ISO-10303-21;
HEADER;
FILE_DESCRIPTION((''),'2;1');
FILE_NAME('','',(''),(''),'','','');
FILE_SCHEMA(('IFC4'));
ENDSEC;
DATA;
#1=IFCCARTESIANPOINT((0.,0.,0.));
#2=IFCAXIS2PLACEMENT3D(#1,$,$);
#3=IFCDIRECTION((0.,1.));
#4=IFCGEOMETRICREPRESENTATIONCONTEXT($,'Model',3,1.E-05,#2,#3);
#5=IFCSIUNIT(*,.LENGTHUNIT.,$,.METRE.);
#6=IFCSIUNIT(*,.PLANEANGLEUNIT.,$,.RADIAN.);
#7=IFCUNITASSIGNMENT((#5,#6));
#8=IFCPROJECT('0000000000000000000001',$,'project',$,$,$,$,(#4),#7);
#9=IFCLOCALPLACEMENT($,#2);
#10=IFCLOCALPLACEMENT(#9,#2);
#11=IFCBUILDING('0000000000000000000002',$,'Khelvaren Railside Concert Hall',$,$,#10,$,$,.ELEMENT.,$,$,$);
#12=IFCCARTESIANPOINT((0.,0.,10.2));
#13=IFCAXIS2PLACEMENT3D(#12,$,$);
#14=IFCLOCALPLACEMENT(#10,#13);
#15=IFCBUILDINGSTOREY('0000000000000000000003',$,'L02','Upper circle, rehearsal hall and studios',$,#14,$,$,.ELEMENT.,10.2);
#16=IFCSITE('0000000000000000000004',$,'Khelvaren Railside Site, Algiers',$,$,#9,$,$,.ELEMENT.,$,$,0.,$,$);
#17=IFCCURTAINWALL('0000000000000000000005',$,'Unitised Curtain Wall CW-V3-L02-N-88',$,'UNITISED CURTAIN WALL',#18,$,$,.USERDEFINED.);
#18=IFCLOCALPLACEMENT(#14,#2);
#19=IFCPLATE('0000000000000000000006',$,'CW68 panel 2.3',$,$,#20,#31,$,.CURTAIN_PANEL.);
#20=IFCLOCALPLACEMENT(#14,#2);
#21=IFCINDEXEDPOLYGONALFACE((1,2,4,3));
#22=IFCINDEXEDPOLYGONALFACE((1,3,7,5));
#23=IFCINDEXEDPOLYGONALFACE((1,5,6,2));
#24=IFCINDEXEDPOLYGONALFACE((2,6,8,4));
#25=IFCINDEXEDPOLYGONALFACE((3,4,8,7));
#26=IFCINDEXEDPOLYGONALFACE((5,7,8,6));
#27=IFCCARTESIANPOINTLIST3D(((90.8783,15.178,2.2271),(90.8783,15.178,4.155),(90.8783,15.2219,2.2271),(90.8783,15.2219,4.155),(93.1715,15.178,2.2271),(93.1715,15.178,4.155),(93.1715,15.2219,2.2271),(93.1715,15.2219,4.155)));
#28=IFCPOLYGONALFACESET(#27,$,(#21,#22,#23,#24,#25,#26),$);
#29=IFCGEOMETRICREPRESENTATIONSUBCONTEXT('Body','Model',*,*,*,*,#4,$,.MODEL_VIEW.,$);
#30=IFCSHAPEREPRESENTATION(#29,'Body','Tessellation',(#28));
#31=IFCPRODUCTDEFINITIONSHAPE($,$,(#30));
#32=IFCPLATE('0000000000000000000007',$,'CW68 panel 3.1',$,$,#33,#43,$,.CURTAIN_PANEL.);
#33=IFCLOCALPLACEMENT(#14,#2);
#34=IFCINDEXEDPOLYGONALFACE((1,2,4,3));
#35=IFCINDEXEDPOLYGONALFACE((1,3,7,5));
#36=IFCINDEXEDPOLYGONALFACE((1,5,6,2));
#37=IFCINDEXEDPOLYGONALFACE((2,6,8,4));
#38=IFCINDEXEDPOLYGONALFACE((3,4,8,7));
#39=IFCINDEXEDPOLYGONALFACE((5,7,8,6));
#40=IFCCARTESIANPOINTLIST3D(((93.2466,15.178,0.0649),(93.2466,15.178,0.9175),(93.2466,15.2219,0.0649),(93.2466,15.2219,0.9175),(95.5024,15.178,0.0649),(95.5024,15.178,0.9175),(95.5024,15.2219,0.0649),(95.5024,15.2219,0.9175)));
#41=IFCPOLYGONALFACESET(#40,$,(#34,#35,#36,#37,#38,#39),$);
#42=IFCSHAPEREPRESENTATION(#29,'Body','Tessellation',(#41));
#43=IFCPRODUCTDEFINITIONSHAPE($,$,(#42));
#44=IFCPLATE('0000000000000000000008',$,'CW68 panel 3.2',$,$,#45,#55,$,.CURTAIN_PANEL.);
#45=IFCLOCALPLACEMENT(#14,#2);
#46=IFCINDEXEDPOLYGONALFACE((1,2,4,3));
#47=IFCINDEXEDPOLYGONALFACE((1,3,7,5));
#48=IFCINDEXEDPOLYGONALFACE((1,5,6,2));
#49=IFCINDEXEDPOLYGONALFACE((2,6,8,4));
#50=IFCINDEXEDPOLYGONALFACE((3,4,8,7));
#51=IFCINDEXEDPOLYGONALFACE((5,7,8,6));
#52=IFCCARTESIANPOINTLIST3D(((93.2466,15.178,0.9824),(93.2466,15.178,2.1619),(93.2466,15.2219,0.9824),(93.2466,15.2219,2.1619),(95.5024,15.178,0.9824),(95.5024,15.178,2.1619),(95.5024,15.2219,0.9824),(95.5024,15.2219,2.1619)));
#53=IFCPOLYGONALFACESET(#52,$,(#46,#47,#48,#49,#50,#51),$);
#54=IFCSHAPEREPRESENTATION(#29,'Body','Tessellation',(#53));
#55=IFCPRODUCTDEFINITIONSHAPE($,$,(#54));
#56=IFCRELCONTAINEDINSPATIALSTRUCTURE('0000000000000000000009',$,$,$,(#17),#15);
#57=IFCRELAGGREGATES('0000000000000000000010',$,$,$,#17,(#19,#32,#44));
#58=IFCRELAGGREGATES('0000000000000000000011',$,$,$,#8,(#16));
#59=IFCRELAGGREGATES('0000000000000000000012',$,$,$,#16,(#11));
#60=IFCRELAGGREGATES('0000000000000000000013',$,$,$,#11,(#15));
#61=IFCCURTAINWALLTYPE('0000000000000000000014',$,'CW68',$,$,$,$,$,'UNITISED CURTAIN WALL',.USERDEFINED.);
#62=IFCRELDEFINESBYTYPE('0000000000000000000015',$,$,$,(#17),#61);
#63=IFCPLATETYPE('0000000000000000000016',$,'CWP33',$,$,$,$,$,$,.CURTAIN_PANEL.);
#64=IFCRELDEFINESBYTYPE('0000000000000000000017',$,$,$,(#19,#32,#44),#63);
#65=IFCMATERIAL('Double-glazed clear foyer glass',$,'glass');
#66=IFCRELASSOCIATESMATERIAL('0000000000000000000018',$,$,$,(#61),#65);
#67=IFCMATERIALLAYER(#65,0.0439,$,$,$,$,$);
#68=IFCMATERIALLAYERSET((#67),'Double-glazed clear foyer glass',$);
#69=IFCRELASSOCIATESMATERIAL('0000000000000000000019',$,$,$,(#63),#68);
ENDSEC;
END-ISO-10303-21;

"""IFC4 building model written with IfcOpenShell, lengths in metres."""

from ifc_helpers import new_model, si_unit, direction, frame, origin, origin_2d, place, context, subcontext, project, spatial, rectangle, extrude, material, layer, layer_set, type_object, element, aggregate, save


model = new_model("IFC4")

# Units and contexts
model_context = context("Model", 3, precision=1e-05, world=origin(), true_north=direction((0.0, 1.0)))
body_context = subcontext(model_context, "Body", "Model", "MODEL_VIEW")
ifc_project = project(units=[si_unit("LENGTHUNIT", "METRE"), si_unit("PLANEANGLEUNIT", "RADIAN")], contexts=[model_context])

# Site, building, storey
site_placement = place(None, origin())
site = spatial("IfcSite", under=ifc_project, at=site_placement, Name="Khelvaren Railside Site, Algiers", CompositionType="ELEMENT", RefElevation=0.0)
building_placement = place(site_placement, origin())
building = spatial("IfcBuilding", under=site, at=building_placement, Name="Khelvaren Railside Concert Hall", CompositionType="ELEMENT")
storey_placement = place(building_placement, frame((0.0, 0.0, 10.2)))
storey = spatial("IfcBuildingStorey", under=building, at=storey_placement, Name="L02", Description="Upper circle, rehearsal hall and studios", CompositionType="ELEMENT", Elevation=10.2)

# Curtain wall
ifc_material_1 = material(Name="Double-glazed clear foyer glass", Category="glass")
curtain_wall_type = type_object("IfcCurtainWallType", Name="CW68", ElementType="UNITISED CURTAIN WALL", PredefinedType="USERDEFINED", material=ifc_material_1)
curtain_wall_placement = place(storey_placement, origin())
curtain_wall = element("IfcCurtainWall", 1, at=curtain_wall_placement, inside=storey, type_object=curtain_wall_type, Name="Unitised Curtain Wall CW-V3-L02-N-88", ObjectType="UNITISED CURTAIN WALL", PredefinedType="USERDEFINED")

# Plates
ifc_layer = layer(ifc_material_1, 0.0439)
ifc_layer_set = layer_set([ifc_layer], Name="Double-glazed clear foyer glass")
plate_type = type_object("IfcPlateType", Name="CWP33", PredefinedType="CURTAIN_PANEL", material=ifc_layer_set)
plate_1_placement = place(storey_placement, frame((92.0249, 15.2, 2.2271), z_axis=(0.0, 0.0, 1.0), x_axis=(1.0, 0.0, 0.0)))
plate_1 = element("IfcPlate", 2, at=plate_1_placement, type_object=plate_type, Name="CW68 panel 2.3", PredefinedType="CURTAIN_PANEL", context=body_context, shape_type="SweptSolid", body=[
    extrude(rectangle(XDim=2.2932, YDim=0.0439, at=origin_2d()), origin(), (0.0, 0.0, 1.0), 1.928),
])
plate_2_placement = place(storey_placement, frame((94.3745, 15.2, 0.0649), z_axis=(0.0, 0.0, 1.0), x_axis=(1.0, 0.0, 0.0)))
plate_2 = element("IfcPlate", 3, at=plate_2_placement, type_object=plate_type, Name="CW68 panel 3.1", PredefinedType="CURTAIN_PANEL", context=body_context, shape_type="SweptSolid", body=[
    extrude(rectangle(XDim=2.2559, YDim=0.0439, at=origin_2d()), origin(), (0.0, 0.0, 1.0), 0.8525),
])
plate_3_placement = place(storey_placement, frame((94.3745, 15.2, 0.9824), z_axis=(0.0, 0.0, 1.0), x_axis=(1.0, 0.0, 0.0)))
plate_3 = element("IfcPlate", 4, at=plate_3_placement, type_object=plate_type, Name="CW68 panel 3.2", PredefinedType="CURTAIN_PANEL", context=body_context, shape_type="SweptSolid", body=[
    extrude(rectangle(XDim=2.2559, YDim=0.0439, at=origin_2d()), origin(), (0.0, 0.0, 1.0), 1.1794),
])
aggregate(curtain_wall, [plate_1, plate_2, plate_3])

save(model, "model.ifc")
